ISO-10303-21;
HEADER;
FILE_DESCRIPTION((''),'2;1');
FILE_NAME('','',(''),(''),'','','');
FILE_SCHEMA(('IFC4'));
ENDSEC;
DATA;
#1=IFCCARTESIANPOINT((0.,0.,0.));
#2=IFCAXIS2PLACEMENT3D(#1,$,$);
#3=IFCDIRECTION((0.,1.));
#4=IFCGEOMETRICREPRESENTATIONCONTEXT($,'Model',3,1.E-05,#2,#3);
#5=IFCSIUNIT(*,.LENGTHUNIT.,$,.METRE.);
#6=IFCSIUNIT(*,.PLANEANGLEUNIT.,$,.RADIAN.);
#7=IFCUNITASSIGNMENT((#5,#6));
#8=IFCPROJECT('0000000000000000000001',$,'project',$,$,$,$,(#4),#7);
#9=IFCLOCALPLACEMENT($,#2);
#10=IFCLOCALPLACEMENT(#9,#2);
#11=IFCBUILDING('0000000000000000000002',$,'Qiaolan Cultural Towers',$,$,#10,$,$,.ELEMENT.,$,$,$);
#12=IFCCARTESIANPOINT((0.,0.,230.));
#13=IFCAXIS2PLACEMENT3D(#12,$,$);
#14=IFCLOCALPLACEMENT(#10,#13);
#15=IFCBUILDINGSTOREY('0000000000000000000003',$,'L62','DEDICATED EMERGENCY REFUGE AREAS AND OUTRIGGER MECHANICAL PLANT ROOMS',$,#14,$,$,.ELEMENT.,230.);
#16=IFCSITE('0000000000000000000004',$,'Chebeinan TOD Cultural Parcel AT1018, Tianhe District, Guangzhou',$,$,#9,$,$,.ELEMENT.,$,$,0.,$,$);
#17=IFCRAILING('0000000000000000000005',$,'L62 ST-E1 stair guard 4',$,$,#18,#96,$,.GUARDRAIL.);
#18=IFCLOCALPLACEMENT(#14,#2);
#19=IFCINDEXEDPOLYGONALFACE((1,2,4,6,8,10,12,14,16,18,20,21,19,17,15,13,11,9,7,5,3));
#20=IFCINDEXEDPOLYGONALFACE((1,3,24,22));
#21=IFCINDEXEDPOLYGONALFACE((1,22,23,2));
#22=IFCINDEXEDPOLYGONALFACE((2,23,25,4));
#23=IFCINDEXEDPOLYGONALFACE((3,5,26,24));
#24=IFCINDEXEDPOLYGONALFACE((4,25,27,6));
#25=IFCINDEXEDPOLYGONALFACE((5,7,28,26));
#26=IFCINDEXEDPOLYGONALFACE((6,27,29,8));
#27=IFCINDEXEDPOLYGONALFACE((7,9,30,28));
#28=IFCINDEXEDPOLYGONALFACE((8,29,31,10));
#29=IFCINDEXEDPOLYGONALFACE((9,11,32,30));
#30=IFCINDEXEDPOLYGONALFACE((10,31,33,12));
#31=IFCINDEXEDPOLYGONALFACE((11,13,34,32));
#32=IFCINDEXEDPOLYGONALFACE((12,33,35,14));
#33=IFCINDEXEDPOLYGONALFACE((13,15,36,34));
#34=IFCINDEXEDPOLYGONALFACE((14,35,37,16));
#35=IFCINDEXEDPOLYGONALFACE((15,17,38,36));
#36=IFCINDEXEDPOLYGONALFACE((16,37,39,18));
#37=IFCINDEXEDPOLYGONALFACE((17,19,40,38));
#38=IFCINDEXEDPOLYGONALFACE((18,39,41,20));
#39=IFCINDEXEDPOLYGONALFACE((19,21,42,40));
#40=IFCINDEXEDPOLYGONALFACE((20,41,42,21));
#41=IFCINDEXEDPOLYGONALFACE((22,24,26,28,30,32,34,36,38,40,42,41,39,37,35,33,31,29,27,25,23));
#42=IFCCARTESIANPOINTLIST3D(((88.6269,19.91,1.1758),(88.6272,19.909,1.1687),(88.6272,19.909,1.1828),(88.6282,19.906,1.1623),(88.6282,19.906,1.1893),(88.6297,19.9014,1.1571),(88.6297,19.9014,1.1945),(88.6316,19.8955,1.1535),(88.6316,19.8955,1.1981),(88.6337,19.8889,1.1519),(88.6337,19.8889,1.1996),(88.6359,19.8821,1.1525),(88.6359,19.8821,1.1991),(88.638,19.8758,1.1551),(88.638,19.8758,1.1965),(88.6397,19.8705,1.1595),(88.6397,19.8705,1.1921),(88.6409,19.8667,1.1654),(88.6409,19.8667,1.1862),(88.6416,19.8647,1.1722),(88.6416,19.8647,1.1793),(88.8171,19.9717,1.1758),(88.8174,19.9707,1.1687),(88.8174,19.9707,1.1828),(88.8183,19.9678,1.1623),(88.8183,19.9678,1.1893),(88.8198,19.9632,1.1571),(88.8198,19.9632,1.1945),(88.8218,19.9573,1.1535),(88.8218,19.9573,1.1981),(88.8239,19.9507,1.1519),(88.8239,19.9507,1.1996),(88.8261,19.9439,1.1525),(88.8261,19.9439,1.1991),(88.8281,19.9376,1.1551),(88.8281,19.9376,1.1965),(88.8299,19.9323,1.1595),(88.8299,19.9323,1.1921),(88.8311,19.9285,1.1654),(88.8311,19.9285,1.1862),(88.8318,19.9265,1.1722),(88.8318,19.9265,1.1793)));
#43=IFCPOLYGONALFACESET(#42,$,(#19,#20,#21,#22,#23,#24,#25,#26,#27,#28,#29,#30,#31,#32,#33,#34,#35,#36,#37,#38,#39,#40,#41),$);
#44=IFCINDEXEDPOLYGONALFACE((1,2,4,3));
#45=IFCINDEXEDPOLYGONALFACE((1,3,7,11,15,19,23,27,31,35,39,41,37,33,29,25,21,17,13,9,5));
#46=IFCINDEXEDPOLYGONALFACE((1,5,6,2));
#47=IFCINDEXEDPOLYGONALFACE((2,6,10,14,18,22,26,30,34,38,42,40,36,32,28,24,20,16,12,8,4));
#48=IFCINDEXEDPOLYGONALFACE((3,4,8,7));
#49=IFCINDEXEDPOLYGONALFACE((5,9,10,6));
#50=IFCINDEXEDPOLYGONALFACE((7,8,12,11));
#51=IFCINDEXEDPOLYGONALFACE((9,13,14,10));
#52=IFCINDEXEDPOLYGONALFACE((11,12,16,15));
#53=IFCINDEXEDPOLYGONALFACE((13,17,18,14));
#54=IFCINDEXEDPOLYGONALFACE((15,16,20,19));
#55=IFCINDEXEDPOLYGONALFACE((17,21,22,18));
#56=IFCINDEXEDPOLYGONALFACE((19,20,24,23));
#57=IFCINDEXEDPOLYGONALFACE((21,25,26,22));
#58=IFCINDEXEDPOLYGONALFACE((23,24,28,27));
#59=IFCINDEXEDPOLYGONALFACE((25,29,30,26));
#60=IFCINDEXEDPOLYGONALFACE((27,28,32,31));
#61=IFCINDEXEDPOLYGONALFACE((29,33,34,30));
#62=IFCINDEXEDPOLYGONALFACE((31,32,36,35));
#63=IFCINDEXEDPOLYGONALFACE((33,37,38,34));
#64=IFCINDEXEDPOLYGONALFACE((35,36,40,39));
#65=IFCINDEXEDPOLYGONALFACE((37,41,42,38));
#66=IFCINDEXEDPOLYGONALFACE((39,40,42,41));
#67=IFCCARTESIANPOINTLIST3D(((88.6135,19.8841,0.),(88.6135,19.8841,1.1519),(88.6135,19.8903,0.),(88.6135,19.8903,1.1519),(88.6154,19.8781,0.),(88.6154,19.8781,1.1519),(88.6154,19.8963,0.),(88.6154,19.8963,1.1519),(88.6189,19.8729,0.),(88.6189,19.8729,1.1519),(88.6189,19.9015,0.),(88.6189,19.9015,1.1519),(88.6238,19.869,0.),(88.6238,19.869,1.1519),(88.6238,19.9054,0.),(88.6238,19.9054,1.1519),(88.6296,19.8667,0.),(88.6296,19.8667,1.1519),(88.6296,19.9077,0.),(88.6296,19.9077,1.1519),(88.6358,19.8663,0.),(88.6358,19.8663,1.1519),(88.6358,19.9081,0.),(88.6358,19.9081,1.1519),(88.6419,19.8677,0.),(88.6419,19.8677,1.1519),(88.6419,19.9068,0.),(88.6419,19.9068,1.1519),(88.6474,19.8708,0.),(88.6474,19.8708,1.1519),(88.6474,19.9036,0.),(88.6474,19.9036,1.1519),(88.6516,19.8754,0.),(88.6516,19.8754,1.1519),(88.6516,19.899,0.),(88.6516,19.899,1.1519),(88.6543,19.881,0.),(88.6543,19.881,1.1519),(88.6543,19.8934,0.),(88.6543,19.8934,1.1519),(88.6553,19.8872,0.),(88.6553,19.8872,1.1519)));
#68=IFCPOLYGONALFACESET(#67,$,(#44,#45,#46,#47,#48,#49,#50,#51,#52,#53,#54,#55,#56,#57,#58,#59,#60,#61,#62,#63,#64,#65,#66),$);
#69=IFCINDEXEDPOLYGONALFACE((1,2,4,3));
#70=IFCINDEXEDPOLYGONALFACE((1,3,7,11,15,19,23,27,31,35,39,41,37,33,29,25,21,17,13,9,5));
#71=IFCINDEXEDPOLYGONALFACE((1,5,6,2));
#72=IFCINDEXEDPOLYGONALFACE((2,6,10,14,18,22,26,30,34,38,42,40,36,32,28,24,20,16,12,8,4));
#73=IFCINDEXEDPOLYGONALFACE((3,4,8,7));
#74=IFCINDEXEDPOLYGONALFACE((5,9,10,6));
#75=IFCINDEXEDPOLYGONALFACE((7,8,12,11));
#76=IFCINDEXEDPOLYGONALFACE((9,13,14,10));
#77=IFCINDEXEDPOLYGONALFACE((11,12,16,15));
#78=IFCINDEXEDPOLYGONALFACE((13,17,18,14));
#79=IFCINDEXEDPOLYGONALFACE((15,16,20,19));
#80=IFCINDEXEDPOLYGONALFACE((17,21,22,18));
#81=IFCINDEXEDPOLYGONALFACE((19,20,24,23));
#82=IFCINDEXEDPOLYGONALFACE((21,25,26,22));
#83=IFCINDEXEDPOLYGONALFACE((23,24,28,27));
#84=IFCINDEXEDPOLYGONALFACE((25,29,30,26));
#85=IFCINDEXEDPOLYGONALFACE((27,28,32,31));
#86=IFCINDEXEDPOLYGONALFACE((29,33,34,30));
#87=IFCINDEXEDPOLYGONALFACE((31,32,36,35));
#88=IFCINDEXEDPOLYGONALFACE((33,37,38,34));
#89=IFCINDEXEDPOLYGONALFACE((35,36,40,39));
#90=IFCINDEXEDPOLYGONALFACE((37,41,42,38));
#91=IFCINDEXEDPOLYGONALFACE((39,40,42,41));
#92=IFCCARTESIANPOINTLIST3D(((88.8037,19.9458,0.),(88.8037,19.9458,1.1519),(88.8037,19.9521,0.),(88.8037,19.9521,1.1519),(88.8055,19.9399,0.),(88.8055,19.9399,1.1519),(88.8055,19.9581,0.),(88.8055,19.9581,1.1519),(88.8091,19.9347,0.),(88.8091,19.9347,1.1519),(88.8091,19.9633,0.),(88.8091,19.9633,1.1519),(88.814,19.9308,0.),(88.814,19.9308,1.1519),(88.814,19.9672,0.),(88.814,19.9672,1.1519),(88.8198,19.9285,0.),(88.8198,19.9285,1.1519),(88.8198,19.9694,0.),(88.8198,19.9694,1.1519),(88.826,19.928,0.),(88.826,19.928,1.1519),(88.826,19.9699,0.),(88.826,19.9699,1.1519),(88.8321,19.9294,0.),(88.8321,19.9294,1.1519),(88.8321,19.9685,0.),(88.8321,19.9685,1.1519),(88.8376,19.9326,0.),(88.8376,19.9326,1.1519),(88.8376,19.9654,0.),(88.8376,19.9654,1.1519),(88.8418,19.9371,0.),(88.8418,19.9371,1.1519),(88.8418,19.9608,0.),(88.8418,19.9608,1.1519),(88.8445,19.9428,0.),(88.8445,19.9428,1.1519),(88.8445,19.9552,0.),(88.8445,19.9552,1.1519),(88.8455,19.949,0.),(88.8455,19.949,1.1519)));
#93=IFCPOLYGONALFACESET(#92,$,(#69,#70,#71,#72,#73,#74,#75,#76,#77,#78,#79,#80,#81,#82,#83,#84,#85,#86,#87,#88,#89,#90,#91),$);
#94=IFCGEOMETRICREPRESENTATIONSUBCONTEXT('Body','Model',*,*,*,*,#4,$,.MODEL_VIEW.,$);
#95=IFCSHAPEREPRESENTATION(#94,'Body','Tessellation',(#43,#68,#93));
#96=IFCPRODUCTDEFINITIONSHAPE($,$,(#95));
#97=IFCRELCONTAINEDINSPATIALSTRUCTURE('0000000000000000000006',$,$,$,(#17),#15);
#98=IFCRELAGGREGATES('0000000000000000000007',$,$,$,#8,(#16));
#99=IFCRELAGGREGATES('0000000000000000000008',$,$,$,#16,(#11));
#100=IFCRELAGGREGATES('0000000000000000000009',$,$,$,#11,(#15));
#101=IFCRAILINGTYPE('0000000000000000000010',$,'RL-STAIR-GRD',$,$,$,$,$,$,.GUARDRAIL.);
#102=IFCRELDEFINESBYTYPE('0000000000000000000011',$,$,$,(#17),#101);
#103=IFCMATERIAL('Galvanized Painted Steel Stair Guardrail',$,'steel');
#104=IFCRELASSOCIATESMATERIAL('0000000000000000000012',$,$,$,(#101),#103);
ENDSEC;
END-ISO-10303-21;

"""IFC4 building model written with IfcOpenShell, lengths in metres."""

from ifc_helpers import new_model, si_unit, direction, frame, origin, origin_2d, place, context, subcontext, project, spatial, circle, extrude, material, type_object, element, save


model = new_model("IFC4")

# Units and contexts
model_context = context("Model", 3, precision=1e-05, world=origin(), true_north=direction((0.0, 1.0)))
body_context = subcontext(model_context, "Body", "Model", "MODEL_VIEW")
ifc_project = project(units=[si_unit("LENGTHUNIT", "METRE"), si_unit("PLANEANGLEUNIT", "RADIAN")], contexts=[model_context])

# Site, building, storey
site_placement = place(None, origin())
site = spatial("IfcSite", under=ifc_project, at=site_placement, Name="Chebeinan TOD Cultural Parcel AT1018, Tianhe District, Guangzhou", CompositionType="ELEMENT", RefElevation=0.0)
building_placement = place(site_placement, origin())
building = spatial("IfcBuilding", under=site, at=building_placement, Name="Qiaolan Cultural Towers", CompositionType="ELEMENT")
storey_placement = place(building_placement, frame((0.0, 0.0, 230.0)))
storey = spatial("IfcBuildingStorey", under=building, at=storey_placement, Name="L62", Description="DEDICATED EMERGENCY REFUGE AREAS AND OUTRIGGER MECHANICAL PLANT ROOMS", CompositionType="ELEMENT", Elevation=230.0)

# Railing
ifc_material_1 = material(Name="Galvanized Painted Steel Stair Guardrail", Category="steel")
railing_type_1 = type_object("IfcRailingType", Name="RL-STAIR-GRD", PredefinedType="GUARDRAIL", material=ifc_material_1)
railing_1_placement = place(storey_placement, frame((88.6343, 19.8872, 0.0)))
element("IfcRailing", 1, at=railing_1_placement, inside=storey, type_object=railing_type_1, Name="L62 ST-E1 stair guard 4", PredefinedType="GUARDRAIL", context=body_context, shape_type="SweptSolid", body=[
    extrude(circle(Radius=0.0239, at=origin_2d()), frame((0.0, 0.0, 1.1758), z_axis=(0.951097, 0.308893, 0.0), x_axis=(-0.308893, 0.951097, 0.0)), (0.0, 0.0, 1.0), 0.2),
    extrude(circle(Radius=0.021, at=origin_2d()), origin(), (0.0, 0.0, 1.0), 1.1519),
    extrude(circle(Radius=0.021, at=origin_2d()), frame((0.1902, 0.0618, 0.0)), (0.0, 0.0, 1.0), 1.1519),
])

save(model, "model.ifc")
